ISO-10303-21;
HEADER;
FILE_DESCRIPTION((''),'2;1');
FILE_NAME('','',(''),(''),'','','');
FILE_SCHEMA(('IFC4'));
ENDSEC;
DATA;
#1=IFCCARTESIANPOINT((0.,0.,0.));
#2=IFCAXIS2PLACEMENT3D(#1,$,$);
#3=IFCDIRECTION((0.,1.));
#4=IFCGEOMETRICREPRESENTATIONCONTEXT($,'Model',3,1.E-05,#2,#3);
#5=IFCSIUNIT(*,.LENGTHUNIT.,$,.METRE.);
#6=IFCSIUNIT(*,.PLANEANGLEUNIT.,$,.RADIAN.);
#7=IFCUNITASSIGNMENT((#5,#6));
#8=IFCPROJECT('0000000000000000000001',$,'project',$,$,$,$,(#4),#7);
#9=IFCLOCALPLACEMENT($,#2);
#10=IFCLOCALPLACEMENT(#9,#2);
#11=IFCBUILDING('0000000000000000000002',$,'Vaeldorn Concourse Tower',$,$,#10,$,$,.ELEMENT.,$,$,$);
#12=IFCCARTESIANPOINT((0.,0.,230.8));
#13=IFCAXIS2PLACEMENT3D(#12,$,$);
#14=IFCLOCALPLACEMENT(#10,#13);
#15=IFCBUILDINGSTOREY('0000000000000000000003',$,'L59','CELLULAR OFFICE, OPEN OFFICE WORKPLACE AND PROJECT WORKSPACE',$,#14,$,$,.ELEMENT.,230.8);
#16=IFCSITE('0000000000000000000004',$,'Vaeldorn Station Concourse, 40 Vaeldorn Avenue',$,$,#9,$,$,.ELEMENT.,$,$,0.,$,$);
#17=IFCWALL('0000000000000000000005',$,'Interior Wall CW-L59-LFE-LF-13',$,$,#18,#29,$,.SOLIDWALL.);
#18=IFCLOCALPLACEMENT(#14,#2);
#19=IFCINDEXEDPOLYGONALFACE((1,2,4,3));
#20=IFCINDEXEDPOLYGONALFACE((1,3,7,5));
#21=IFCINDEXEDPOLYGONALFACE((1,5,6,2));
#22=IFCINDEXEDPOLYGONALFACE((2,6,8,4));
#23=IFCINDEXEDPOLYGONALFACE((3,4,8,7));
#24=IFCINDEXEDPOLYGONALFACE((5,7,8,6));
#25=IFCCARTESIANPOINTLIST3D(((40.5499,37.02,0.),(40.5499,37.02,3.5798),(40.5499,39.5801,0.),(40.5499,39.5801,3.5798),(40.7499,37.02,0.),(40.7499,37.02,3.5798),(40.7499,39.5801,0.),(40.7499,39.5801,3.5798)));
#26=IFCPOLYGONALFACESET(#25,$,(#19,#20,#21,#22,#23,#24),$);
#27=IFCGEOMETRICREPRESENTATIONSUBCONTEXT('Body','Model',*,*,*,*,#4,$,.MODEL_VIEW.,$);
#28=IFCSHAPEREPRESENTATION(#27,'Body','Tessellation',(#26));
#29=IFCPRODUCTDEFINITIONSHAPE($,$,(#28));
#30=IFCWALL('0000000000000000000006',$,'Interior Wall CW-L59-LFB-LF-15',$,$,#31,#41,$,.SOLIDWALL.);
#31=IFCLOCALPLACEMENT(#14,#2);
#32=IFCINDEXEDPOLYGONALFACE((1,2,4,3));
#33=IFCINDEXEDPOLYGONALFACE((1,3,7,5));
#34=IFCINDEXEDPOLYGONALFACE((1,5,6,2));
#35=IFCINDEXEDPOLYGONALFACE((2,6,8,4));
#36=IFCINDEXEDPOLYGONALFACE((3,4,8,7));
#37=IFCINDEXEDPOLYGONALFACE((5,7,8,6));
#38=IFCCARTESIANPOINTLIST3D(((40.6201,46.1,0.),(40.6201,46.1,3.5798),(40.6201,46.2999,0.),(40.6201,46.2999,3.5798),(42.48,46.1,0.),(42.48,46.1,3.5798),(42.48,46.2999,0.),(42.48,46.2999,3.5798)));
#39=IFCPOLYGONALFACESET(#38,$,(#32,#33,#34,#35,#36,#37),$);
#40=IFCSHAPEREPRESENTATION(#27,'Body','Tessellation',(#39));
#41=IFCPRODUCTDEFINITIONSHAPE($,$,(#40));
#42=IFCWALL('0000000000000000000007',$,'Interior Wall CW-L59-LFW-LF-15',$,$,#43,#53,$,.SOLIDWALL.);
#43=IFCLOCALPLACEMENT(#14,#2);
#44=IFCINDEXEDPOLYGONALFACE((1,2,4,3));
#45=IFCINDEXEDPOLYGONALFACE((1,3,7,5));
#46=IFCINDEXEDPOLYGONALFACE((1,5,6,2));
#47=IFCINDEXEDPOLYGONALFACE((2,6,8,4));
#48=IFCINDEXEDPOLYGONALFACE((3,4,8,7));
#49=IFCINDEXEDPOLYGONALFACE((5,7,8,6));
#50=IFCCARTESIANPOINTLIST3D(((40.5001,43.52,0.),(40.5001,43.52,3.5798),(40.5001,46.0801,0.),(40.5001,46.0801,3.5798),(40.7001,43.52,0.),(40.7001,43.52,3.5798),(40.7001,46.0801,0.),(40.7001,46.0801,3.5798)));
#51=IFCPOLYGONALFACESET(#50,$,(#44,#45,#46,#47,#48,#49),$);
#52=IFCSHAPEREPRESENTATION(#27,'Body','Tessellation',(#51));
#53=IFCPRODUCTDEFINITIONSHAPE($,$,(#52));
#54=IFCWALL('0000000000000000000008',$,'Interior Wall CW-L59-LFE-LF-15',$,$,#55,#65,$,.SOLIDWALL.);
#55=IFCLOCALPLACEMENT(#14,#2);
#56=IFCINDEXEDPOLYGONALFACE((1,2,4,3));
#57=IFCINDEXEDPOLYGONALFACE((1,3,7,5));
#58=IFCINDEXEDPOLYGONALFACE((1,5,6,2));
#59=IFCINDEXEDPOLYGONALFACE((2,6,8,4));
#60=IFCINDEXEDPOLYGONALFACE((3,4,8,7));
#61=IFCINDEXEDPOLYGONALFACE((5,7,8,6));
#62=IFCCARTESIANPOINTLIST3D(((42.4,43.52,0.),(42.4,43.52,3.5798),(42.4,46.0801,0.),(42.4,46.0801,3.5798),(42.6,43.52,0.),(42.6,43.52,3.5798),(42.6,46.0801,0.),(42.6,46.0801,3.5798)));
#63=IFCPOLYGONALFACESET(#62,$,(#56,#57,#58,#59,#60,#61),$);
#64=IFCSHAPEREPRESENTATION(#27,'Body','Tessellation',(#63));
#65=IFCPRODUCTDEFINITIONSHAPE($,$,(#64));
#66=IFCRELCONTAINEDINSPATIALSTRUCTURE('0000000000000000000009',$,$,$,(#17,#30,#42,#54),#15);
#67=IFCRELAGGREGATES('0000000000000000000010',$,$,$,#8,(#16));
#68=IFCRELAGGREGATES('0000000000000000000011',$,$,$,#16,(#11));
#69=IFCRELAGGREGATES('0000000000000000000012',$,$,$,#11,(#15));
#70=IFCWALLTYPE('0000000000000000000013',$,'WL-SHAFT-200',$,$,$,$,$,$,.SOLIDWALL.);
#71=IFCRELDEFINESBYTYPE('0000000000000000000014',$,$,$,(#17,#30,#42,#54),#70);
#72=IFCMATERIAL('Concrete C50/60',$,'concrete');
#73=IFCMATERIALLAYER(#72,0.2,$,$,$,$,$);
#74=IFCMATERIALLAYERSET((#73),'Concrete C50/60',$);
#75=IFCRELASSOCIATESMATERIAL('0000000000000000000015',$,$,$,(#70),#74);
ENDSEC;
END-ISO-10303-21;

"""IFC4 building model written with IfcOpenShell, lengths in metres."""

from ifc_helpers import new_model, si_unit, direction, frame, frame_2d, origin, place, context, subcontext, project, spatial, rectangle, extrude, material, layer, layer_set, type_object, element, save


model = new_model("IFC4")

# Units and contexts
model_context = context("Model", 3, precision=1e-05, world=origin(), true_north=direction((0.0, 1.0)))
body_context = subcontext(model_context, "Body", "Model", "MODEL_VIEW")
ifc_project = project(units=[si_unit("LENGTHUNIT", "METRE"), si_unit("PLANEANGLEUNIT", "RADIAN")], contexts=[model_context])

# Site, building, storey
site_placement = place(None, origin())
site = spatial("IfcSite", under=ifc_project, at=site_placement, Name="Vaeldorn Station Concourse, 40 Vaeldorn Avenue", CompositionType="ELEMENT", RefElevation=0.0)
building_placement = place(site_placement, origin())
building = spatial("IfcBuilding", under=site, at=building_placement, Name="Vaeldorn Concourse Tower", CompositionType="ELEMENT")
storey_placement = place(building_placement, frame((0.0, 0.0, 230.8)))
storey = spatial("IfcBuildingStorey", under=building, at=storey_placement, Name="L59", Description="CELLULAR OFFICE, OPEN OFFICE WORKPLACE AND PROJECT WORKSPACE", CompositionType="ELEMENT", Elevation=230.8)

# Shared definitions
ifc_material_1 = material(Name="Concrete C50/60", Category="concrete")

# Shared definitions
ifc_layer_1 = layer(ifc_material_1, 0.2)
ifc_layer_set_1 = layer_set([ifc_layer_1], Name="Concrete C50/60")
wall_type_1 = type_object("IfcWallType", Name="WL-SHAFT-200", PredefinedType="SOLIDWALL", material=ifc_layer_set_1)

# Wall
wall_1_placement = place(storey_placement, frame((40.6499, 37.02, 0.0), z_axis=(0.0, 0.0, 1.0), x_axis=(0.0, 1.0, 0.0)))
element("IfcWall", 1, at=wall_1_placement, inside=storey, type_object=wall_type_1, Name="Interior Wall CW-L59-LFE-LF-13", PredefinedType="SOLIDWALL", context=body_context, shape_type="SweptSolid", body=[
    extrude(rectangle(XDim=2.5601, YDim=0.2, at=frame_2d((1.28, 0.0))), origin(), (0.0, 0.0, 1.0), 3.5798),
])

# Walls
wall_2_placement = place(storey_placement, frame((40.6201, 46.2, 0.0), z_axis=(0.0, 0.0, 1.0), x_axis=(1.0, 0.0, 0.0)))
element("IfcWall", 2, at=wall_2_placement, inside=storey, type_object=wall_type_1, Name="Interior Wall CW-L59-LFB-LF-15", PredefinedType="SOLIDWALL", context=body_context, shape_type="SweptSolid", body=[
    extrude(rectangle(XDim=1.8599, YDim=0.2, at=frame_2d((0.9299, 0.0))), origin(), (0.0, 0.0, 1.0), 3.5798),
])
for number, where, z_axis, x_axis, name in (
    (3, (40.6001, 43.52, 0.0), (0.0, 0.0, 1.0), (0.0, 1.0, 0.0), "Interior Wall CW-L59-LFW-LF-15"),
    (4, (42.5, 43.52, 0.0), (0.0, 0.0, 1.0), (0.0, 1.0, 0.0), "Interior Wall CW-L59-LFE-LF-15"),
):
    element("IfcWall", number, at=place(storey_placement, frame(where, z_axis=z_axis, x_axis=x_axis)), inside=storey, type_object=wall_type_1, Name=name, PredefinedType="SOLIDWALL", context=body_context, shape_type="SweptSolid", body=[
        extrude(rectangle(XDim=2.5601, YDim=0.2, at=frame_2d((1.28, 0.0))), origin(), (0.0, 0.0, 1.0), 3.5798),
    ])

save(model, "model.ifc")
